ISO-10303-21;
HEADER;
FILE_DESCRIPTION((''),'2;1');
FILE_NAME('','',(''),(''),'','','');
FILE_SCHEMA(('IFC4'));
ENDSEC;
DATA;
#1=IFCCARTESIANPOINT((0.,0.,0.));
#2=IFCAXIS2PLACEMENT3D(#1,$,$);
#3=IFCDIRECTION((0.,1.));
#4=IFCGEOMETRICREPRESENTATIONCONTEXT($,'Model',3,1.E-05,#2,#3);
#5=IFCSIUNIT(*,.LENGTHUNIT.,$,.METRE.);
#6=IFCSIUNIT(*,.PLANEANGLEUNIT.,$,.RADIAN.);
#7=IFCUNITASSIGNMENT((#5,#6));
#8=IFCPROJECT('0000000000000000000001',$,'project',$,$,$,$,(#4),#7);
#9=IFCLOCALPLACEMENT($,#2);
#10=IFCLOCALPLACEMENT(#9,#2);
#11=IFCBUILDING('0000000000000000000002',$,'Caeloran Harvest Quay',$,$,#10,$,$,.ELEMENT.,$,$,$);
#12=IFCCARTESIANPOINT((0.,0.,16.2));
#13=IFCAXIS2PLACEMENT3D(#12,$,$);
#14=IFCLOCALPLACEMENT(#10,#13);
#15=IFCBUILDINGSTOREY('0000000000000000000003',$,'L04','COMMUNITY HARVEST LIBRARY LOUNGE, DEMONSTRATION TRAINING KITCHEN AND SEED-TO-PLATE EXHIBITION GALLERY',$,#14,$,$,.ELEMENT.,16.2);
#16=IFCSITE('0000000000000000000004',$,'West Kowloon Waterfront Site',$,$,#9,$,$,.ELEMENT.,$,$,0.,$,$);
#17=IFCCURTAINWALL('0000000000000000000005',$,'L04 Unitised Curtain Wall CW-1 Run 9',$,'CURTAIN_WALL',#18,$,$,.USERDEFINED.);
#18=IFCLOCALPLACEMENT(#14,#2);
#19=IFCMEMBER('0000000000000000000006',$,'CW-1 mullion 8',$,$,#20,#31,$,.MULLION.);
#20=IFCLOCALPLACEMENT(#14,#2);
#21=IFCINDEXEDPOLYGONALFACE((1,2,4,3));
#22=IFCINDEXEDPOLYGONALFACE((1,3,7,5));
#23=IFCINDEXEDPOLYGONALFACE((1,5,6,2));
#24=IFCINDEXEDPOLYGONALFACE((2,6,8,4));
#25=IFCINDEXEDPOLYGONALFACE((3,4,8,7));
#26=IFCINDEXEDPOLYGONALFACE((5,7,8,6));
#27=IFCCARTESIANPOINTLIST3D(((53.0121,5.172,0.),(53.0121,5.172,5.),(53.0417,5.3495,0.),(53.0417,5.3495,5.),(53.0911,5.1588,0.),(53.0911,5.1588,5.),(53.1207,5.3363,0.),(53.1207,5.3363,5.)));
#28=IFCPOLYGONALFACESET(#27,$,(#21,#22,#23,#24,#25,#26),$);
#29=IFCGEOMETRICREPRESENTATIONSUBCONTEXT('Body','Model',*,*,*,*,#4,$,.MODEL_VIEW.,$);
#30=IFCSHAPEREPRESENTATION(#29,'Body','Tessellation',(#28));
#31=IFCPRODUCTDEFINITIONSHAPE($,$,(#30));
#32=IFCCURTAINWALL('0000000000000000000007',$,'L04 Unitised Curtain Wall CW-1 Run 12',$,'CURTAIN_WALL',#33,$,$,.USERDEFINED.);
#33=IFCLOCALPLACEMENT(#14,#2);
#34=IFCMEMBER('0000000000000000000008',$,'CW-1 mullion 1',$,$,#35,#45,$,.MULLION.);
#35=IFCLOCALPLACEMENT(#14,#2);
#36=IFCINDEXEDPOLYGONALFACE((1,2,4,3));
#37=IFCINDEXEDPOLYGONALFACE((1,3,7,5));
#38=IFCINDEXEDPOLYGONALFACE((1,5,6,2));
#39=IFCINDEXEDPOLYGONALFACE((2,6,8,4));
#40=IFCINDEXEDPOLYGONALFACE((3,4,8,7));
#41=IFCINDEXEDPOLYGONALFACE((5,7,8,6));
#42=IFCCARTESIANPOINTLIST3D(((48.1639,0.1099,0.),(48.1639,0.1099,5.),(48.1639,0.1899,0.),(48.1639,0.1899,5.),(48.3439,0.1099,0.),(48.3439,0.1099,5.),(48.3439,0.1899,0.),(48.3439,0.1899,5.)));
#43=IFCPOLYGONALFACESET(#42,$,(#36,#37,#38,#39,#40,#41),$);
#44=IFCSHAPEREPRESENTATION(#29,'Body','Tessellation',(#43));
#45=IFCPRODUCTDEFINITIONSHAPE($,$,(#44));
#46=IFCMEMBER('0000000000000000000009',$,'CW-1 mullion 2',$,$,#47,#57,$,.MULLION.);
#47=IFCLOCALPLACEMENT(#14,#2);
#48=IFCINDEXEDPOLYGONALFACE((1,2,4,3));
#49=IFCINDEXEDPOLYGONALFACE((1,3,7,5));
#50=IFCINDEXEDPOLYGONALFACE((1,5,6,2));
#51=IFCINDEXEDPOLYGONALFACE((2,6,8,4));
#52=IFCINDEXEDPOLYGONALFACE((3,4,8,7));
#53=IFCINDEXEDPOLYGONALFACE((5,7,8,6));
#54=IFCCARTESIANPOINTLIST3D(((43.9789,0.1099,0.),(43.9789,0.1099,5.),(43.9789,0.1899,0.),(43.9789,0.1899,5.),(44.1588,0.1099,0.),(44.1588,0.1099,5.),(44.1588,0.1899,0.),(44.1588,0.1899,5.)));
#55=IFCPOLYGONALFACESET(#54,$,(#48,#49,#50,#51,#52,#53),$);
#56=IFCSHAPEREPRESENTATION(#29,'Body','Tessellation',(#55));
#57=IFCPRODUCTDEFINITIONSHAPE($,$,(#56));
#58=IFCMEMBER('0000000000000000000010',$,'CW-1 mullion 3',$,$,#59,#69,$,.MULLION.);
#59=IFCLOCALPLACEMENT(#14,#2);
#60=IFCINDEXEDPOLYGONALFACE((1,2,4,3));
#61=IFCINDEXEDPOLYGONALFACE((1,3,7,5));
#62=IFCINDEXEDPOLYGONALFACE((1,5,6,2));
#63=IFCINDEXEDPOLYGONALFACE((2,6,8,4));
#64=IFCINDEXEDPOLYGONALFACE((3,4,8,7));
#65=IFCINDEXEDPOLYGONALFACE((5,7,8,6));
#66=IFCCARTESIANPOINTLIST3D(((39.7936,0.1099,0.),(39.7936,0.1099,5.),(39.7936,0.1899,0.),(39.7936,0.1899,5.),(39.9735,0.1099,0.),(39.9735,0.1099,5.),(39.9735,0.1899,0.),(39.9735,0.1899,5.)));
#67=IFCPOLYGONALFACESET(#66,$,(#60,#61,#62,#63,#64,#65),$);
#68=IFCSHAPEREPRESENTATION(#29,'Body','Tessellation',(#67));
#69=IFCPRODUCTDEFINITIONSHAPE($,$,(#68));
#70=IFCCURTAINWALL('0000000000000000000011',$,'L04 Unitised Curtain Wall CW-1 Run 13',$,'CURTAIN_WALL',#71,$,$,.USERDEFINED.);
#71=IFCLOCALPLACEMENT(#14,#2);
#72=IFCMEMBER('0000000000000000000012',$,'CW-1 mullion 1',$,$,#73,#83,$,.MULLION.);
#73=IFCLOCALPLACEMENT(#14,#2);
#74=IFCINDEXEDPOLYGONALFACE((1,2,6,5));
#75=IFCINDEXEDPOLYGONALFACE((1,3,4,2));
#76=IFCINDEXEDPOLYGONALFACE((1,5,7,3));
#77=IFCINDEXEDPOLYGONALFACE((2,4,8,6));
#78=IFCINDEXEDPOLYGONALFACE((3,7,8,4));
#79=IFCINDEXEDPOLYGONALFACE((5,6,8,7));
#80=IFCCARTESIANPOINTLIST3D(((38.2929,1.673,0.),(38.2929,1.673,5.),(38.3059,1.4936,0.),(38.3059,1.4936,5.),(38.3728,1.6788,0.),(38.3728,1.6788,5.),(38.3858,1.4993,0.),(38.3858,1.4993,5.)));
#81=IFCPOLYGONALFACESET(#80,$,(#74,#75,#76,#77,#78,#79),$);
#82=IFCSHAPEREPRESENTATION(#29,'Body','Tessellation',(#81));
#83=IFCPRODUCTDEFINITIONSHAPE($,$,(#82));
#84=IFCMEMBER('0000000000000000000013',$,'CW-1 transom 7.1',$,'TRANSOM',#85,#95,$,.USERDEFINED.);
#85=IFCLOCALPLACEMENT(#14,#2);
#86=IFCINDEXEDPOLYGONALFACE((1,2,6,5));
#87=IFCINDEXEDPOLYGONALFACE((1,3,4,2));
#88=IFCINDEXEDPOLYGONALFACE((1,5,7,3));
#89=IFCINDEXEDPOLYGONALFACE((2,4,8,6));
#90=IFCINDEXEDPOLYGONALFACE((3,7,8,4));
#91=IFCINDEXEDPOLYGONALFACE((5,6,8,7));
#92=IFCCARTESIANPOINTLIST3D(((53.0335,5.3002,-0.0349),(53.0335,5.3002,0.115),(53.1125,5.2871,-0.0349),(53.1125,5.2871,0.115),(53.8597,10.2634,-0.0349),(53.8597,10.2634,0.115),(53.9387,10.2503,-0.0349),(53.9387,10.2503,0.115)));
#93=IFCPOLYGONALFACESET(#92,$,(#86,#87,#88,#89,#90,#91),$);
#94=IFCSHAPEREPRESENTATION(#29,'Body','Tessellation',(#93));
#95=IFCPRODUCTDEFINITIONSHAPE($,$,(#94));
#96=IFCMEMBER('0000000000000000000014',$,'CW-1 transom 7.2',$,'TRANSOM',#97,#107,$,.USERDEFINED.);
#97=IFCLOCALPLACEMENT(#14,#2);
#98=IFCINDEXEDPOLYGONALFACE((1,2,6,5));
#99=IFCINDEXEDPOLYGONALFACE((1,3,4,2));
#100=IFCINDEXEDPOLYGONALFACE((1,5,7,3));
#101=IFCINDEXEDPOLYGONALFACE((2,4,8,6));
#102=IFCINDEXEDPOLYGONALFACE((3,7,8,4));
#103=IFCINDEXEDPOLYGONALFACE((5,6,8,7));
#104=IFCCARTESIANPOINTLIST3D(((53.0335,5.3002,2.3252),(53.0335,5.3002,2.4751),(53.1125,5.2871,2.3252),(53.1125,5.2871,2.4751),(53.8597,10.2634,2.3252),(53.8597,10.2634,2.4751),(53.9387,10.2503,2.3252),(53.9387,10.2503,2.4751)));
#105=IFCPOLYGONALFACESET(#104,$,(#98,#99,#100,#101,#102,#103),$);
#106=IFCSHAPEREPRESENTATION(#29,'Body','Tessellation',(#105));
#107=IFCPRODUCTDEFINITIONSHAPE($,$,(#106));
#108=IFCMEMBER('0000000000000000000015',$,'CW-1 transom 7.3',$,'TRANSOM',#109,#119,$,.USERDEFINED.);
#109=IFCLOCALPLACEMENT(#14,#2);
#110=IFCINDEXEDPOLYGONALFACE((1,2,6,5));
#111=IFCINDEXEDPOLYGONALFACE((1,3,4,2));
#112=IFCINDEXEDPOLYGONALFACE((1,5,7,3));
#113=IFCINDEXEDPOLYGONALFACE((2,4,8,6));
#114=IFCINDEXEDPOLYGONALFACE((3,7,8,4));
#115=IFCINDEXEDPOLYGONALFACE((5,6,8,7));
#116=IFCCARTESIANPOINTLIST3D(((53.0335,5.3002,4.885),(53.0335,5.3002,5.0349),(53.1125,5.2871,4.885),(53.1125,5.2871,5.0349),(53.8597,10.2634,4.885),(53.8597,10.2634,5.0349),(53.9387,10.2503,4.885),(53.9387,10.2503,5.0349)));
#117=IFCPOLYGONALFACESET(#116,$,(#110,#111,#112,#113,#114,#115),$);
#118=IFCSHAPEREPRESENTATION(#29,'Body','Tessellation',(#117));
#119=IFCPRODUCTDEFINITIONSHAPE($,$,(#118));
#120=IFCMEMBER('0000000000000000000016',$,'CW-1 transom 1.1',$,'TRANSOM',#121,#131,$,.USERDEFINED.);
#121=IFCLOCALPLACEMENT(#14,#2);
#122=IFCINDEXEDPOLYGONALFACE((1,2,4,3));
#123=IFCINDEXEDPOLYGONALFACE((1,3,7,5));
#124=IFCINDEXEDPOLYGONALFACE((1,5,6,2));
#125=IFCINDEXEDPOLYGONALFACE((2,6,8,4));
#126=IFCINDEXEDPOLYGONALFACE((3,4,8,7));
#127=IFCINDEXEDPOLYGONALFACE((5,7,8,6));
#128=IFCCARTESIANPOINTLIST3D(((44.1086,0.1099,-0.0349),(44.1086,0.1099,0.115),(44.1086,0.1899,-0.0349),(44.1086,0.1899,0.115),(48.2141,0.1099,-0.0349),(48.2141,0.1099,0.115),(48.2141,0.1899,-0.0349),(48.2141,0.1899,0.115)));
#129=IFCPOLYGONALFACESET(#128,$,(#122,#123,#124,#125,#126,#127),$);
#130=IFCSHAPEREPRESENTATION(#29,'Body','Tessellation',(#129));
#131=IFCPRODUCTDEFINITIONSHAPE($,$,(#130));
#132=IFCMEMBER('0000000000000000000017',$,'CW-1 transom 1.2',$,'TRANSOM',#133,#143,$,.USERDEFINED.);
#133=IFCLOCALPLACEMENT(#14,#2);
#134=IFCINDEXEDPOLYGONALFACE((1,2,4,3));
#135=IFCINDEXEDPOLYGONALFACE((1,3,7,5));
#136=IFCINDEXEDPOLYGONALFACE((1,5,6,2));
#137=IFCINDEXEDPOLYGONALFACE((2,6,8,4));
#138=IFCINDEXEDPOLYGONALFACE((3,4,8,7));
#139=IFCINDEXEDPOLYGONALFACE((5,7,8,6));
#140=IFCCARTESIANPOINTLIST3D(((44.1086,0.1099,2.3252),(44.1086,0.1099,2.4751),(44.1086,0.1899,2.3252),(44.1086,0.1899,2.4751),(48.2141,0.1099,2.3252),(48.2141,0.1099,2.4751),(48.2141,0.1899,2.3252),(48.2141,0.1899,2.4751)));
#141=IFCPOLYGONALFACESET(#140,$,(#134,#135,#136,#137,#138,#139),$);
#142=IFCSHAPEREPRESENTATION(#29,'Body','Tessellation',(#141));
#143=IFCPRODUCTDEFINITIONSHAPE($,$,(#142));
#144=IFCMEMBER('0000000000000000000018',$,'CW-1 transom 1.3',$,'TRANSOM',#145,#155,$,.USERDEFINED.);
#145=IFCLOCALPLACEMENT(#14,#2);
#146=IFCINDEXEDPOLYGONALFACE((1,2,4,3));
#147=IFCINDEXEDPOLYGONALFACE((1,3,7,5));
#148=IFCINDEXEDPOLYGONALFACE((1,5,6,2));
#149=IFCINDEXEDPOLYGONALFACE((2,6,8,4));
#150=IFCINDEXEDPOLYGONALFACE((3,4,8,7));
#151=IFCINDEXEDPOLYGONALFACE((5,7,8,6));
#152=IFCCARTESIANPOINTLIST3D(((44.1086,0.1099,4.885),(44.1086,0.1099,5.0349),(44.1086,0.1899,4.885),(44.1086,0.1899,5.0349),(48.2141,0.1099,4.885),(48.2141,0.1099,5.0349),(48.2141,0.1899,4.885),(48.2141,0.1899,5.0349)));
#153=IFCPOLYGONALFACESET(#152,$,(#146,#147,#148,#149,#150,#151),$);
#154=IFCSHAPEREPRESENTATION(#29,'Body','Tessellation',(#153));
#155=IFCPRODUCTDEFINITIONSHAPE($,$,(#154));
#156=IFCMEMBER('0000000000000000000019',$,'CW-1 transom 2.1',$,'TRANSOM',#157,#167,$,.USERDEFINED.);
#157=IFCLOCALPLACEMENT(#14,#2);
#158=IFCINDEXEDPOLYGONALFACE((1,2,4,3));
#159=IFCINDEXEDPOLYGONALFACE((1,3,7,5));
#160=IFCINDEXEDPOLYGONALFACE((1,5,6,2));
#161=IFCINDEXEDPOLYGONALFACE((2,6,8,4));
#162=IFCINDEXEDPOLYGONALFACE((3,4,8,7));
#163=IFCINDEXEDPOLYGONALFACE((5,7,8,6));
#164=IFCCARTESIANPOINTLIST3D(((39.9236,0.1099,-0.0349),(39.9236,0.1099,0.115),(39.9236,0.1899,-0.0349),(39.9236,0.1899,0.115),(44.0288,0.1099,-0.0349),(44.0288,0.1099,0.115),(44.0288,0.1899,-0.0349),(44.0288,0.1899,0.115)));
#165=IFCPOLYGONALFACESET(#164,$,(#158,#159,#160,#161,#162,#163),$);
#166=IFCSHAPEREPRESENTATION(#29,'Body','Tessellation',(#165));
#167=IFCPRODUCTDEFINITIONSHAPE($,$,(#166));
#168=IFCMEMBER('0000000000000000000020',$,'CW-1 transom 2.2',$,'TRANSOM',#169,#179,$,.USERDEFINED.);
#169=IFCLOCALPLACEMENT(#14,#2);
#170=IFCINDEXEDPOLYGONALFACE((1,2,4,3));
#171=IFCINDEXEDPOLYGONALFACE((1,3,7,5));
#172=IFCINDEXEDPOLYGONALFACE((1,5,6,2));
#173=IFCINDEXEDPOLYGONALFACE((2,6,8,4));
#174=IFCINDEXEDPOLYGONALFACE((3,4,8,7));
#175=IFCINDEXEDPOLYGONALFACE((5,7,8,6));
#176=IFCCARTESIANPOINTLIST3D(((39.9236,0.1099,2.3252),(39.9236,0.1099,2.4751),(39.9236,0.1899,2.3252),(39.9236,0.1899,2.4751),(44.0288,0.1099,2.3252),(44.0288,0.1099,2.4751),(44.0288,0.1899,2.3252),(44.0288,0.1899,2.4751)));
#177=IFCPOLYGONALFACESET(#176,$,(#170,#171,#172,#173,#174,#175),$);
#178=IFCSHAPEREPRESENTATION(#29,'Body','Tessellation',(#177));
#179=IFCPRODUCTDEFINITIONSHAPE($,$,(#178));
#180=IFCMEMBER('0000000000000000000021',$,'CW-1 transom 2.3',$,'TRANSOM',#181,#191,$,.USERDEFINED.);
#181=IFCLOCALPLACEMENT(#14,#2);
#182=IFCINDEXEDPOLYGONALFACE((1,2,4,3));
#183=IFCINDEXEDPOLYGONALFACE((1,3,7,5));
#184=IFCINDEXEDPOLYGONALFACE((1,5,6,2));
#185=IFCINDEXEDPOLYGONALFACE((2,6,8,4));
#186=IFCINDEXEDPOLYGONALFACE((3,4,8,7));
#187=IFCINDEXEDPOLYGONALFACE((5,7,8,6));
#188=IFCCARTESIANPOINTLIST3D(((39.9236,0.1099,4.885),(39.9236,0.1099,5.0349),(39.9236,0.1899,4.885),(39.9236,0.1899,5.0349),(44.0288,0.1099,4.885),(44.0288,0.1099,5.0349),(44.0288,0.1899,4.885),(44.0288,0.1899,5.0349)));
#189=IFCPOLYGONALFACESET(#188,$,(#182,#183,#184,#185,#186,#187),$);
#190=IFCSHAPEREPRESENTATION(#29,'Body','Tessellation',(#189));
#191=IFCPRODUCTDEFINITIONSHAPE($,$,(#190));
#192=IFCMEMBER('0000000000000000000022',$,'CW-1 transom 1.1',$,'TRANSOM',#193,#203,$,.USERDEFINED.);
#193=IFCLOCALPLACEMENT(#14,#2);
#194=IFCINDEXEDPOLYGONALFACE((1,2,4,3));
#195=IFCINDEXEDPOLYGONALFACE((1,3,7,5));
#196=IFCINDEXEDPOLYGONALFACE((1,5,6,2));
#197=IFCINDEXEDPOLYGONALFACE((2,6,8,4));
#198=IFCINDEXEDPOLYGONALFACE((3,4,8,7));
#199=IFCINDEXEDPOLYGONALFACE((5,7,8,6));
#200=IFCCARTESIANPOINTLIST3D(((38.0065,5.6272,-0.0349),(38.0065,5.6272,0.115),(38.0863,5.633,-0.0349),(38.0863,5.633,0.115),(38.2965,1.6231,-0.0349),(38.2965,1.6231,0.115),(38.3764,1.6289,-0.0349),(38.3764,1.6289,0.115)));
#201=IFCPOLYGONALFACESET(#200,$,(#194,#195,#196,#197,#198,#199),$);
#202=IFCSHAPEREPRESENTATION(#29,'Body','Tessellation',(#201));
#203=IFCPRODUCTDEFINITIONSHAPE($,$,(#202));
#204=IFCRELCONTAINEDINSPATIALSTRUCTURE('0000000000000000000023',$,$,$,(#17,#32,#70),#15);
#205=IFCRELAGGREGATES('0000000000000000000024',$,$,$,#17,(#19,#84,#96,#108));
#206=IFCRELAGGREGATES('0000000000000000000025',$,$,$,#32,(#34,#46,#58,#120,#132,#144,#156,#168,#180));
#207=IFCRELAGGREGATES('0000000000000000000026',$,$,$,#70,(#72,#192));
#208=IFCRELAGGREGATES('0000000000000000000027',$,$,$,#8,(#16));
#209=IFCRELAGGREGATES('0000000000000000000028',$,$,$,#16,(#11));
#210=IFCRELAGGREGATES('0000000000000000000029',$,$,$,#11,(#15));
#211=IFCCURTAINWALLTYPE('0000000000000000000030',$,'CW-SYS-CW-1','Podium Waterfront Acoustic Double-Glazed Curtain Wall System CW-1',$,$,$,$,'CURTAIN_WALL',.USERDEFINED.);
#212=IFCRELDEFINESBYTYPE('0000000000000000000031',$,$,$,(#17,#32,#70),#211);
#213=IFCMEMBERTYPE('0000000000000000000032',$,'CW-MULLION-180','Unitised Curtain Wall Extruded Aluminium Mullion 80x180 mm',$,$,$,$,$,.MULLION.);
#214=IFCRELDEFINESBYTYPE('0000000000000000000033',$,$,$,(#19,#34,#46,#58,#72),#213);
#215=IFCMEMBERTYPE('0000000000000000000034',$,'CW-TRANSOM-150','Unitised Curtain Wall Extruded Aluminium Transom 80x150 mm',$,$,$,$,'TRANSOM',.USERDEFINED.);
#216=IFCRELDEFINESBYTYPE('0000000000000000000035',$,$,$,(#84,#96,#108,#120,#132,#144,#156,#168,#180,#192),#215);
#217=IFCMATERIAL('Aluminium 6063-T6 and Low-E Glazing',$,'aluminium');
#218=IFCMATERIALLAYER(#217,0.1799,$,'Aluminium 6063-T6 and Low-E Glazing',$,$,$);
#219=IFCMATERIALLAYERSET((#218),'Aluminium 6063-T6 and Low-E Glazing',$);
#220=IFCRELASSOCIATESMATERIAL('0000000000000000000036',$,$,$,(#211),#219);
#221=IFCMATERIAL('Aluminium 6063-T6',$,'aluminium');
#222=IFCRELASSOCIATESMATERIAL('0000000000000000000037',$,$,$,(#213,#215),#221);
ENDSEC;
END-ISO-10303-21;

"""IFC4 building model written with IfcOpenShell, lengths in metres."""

from ifc_helpers import new_model, si_unit, direction, frame, origin, origin_2d, place, context, subcontext, project, spatial, rectangle, extrude, material, layer, layer_set, material_profile, profile_set, type_object, element, aggregate, save


model = new_model("IFC4")

# Units and contexts
model_context = context("Model", 3, precision=1e-05, world=origin(), true_north=direction((0.0, 1.0)))
body_context = subcontext(model_context, "Body", "Model", "MODEL_VIEW")
ifc_project = project(units=[si_unit("LENGTHUNIT", "METRE"), si_unit("PLANEANGLEUNIT", "RADIAN")], contexts=[model_context])

# Site, building, storey
site_placement = place(None, origin())
site = spatial("IfcSite", under=ifc_project, at=site_placement, Name="West Kowloon Waterfront Site", CompositionType="ELEMENT", RefElevation=0.0)
building_placement = place(site_placement, origin())
building = spatial("IfcBuilding", under=site, at=building_placement, Name="Caeloran Harvest Quay", CompositionType="ELEMENT")
storey_placement = place(building_placement, frame((0.0, 0.0, 16.2)))
storey = spatial("IfcBuildingStorey", under=building, at=storey_placement, Name="L04", Description="COMMUNITY HARVEST LIBRARY LOUNGE, DEMONSTRATION TRAINING KITCHEN AND SEED-TO-PLATE EXHIBITION GALLERY", CompositionType="ELEMENT", Elevation=16.2)

# Curtain wall, member
ifc_material_1 = material(Name="Aluminium 6063-T6 and Low-E Glazing", Category="aluminium")
ifc_layer_1 = layer(ifc_material_1, 0.1799, Name="Aluminium 6063-T6 and Low-E Glazing")
ifc_layer_set_1 = layer_set([ifc_layer_1], Name="Aluminium 6063-T6 and Low-E Glazing")
curtain_wall_type = type_object("IfcCurtainWallType", Name="CW-SYS-CW-1", Description="Podium Waterfront Acoustic Double-Glazed Curtain Wall System CW-1", ElementType="CURTAIN_WALL", PredefinedType="USERDEFINED", material=ifc_layer_set_1)
curtain_wall_1_placement = place(storey_placement, origin())
curtain_wall_1 = element("IfcCurtainWall", 1, at=curtain_wall_1_placement, inside=storey, type_object=curtain_wall_type, Name="L04 Unitised Curtain Wall CW-1 Run 9", ObjectType="CURTAIN_WALL", PredefinedType="USERDEFINED")
ifc_material_2 = material(Name="Aluminium 6063-T6", Category="aluminium")
ifc_material_profile_1 = material_profile(ifc_material_2, rectangle(XDim=0.0801, YDim=0.1799, at=origin_2d()), Name="CW-MULLION-180")
ifc_profile_set_1 = profile_set([ifc_material_profile_1], Name="Aluminium 6063-T6")
member_type_1 = type_object("IfcMemberType", Name="CW-MULLION-180", Description="Unitised Curtain Wall Extruded Aluminium Mullion 80x180 mm", PredefinedType="MULLION", material=ifc_profile_set_1)
member_1_placement = place(storey_placement, frame((53.0664, 5.2542, 0.0), z_axis=(0.0, 0.0, 1.0), x_axis=(0.986431, -0.164174, 0.0)))
member_1 = element("IfcMember", 2, at=member_1_placement, type_object=member_type_1, Name="CW-1 mullion 8", PredefinedType="MULLION", context=body_context, shape_type="SweptSolid", body=[
    extrude(rectangle(XDim=0.0801, YDim=0.1799, at=origin_2d()), origin(), (0.0, 0.0, 1.0), 5.0),
])

# Curtain wall, members
curtain_wall_2_placement = place(storey_placement, origin())
curtain_wall_2 = element("IfcCurtainWall", 3, at=curtain_wall_2_placement, inside=storey, type_object=curtain_wall_type, Name="L04 Unitised Curtain Wall CW-1 Run 12", ObjectType="CURTAIN_WALL", PredefinedType="USERDEFINED")
member_2_placement = place(storey_placement, frame((48.2539, 0.1499, 0.0), z_axis=(0.0, 0.0, 1.0), x_axis=(0.0, -1.0, 0.0)))
member_2 = element("IfcMember", 4, at=member_2_placement, type_object=member_type_1, Name="CW-1 mullion 1", PredefinedType="MULLION", context=body_context, shape_type="SweptSolid", body=[
    extrude(rectangle(XDim=0.0801, YDim=0.1799, at=origin_2d()), origin(), (0.0, 0.0, 1.0), 5.0),
])
member_3_placement = place(storey_placement, frame((44.0688, 0.1499, 0.0), z_axis=(0.0, 0.0, 1.0), x_axis=(0.0, -1.0, 0.0)))
member_3 = element("IfcMember", 5, at=member_3_placement, type_object=member_type_1, Name="CW-1 mullion 2", PredefinedType="MULLION", context=body_context, shape_type="SweptSolid", body=[
    extrude(rectangle(XDim=0.0801, YDim=0.1799, at=origin_2d()), origin(), (0.0, 0.0, 1.0), 5.0),
])
member_4_placement = place(storey_placement, frame((39.8835, 0.1499, 0.0), z_axis=(0.0, 0.0, 1.0), x_axis=(0.0, -1.0, 0.0)))
member_4 = element("IfcMember", 6, at=member_4_placement, type_object=member_type_1, Name="CW-1 mullion 3", PredefinedType="MULLION", context=body_context, shape_type="SweptSolid", body=[
    extrude(rectangle(XDim=0.0801, YDim=0.1799, at=origin_2d()), origin(), (0.0, 0.0, 1.0), 5.0),
])

# Curtain wall, member
curtain_wall_3_placement = place(storey_placement, origin())
curtain_wall_3 = element("IfcCurtainWall", 7, at=curtain_wall_3_placement, inside=storey, type_object=curtain_wall_type, Name="L04 Unitised Curtain Wall CW-1 Run 13", ObjectType="CURTAIN_WALL", PredefinedType="USERDEFINED")
member_5_placement = place(storey_placement, frame((38.3394, 1.5862, 0.0), z_axis=(0.0, 0.0, 1.0), x_axis=(-0.997385, -0.072271, 0.0)))
member_5 = element("IfcMember", 8, at=member_5_placement, type_object=member_type_1, Name="CW-1 mullion 1", PredefinedType="MULLION", context=body_context, shape_type="SweptSolid", body=[
    extrude(rectangle(XDim=0.0801, YDim=0.1799, at=origin_2d()), origin(), (0.0, 0.0, 1.0), 5.0),
])

# Members
ifc_material_profile_2 = material_profile(ifc_material_2, rectangle(XDim=0.0801, YDim=0.1499, at=origin_2d()), Name="CW-TRANSOM-150")
ifc_profile_set_2 = profile_set([ifc_material_profile_2], Name="Aluminium 6063-T6")
member_type_2 = type_object("IfcMemberType", Name="CW-TRANSOM-150", Description="Unitised Curtain Wall Extruded Aluminium Transom 80x150 mm", ElementType="TRANSOM", PredefinedType="USERDEFINED", material=ifc_profile_set_2)
member_6_placement = place(storey_placement, frame((53.8992, 10.2568, 0.04), z_axis=(-0.164202, -0.986427, 0.0), x_axis=(0.986427, -0.164202, 0.0)))
member_6 = element("IfcMember", 9, at=member_6_placement, type_object=member_type_2, Name="CW-1 transom 7.1", ObjectType="TRANSOM", PredefinedType="USERDEFINED", context=body_context, shape_type="SweptSolid", body=[
    extrude(rectangle(XDim=0.0801, YDim=0.1499, at=origin_2d()), origin(), (0.0, 0.0, 1.0), 5.0315),
])
member_7_placement = place(storey_placement, frame((53.8992, 10.2568, 2.4001), z_axis=(-0.164202, -0.986427, 0.0), x_axis=(0.986427, -0.164202, 0.0)))
member_7 = element("IfcMember", 10, at=member_7_placement, type_object=member_type_2, Name="CW-1 transom 7.2", ObjectType="TRANSOM", PredefinedType="USERDEFINED", context=body_context, shape_type="SweptSolid", body=[
    extrude(rectangle(XDim=0.0801, YDim=0.1499, at=origin_2d()), origin(), (0.0, 0.0, 1.0), 5.0315),
])
member_8_placement = place(storey_placement, frame((53.8992, 10.2568, 4.96), z_axis=(-0.164202, -0.986427, 0.0), x_axis=(0.986427, -0.164202, 0.0)))
member_8 = element("IfcMember", 11, at=member_8_placement, type_object=member_type_2, Name="CW-1 transom 7.3", ObjectType="TRANSOM", PredefinedType="USERDEFINED", context=body_context, shape_type="SweptSolid", body=[
    extrude(rectangle(XDim=0.0801, YDim=0.1499, at=origin_2d()), origin(), (0.0, 0.0, 1.0), 5.0315),
])
member_9_placement = place(storey_placement, frame((48.2141, 0.1499, 0.04), z_axis=(-1.0, 0.0, 0.0), x_axis=(0.0, -1.0, 0.0)))
member_9 = element("IfcMember", 12, at=member_9_placement, type_object=member_type_2, Name="CW-1 transom 1.1", ObjectType="TRANSOM", PredefinedType="USERDEFINED", context=body_context, shape_type="SweptSolid", body=[
    extrude(rectangle(XDim=0.0801, YDim=0.1499, at=origin_2d()), origin(), (0.0, 0.0, 1.0), 4.1055),
])
member_10_placement = place(storey_placement, frame((48.2141, 0.1499, 2.4001), z_axis=(-1.0, 0.0, 0.0), x_axis=(0.0, -1.0, 0.0)))
member_10 = element("IfcMember", 13, at=member_10_placement, type_object=member_type_2, Name="CW-1 transom 1.2", ObjectType="TRANSOM", PredefinedType="USERDEFINED", context=body_context, shape_type="SweptSolid", body=[
    extrude(rectangle(XDim=0.0801, YDim=0.1499, at=origin_2d()), origin(), (0.0, 0.0, 1.0), 4.1055),
])
member_11_placement = place(storey_placement, frame((48.2141, 0.1499, 4.96), z_axis=(-1.0, 0.0, 0.0), x_axis=(0.0, -1.0, 0.0)))
member_11 = element("IfcMember", 14, at=member_11_placement, type_object=member_type_2, Name="CW-1 transom 1.3", ObjectType="TRANSOM", PredefinedType="USERDEFINED", context=body_context, shape_type="SweptSolid", body=[
    extrude(rectangle(XDim=0.0801, YDim=0.1499, at=origin_2d()), origin(), (0.0, 0.0, 1.0), 4.1055),
])
member_12_placement = place(storey_placement, frame((44.0288, 0.1499, 0.04), z_axis=(-1.0, 0.0, 0.0), x_axis=(0.0, -1.0, 0.0)))
member_12 = element("IfcMember", 15, at=member_12_placement, type_object=member_type_2, Name="CW-1 transom 2.1", ObjectType="TRANSOM", PredefinedType="USERDEFINED", context=body_context, shape_type="SweptSolid", body=[
    extrude(rectangle(XDim=0.0801, YDim=0.1499, at=origin_2d()), origin(), (0.0, 0.0, 1.0), 4.1052),
])
member_13_placement = place(storey_placement, frame((44.0288, 0.1499, 2.4001), z_axis=(-1.0, 0.0, 0.0), x_axis=(0.0, -1.0, 0.0)))
member_13 = element("IfcMember", 16, at=member_13_placement, type_object=member_type_2, Name="CW-1 transom 2.2", ObjectType="TRANSOM", PredefinedType="USERDEFINED", context=body_context, shape_type="SweptSolid", body=[
    extrude(rectangle(XDim=0.0801, YDim=0.1499, at=origin_2d()), origin(), (0.0, 0.0, 1.0), 4.1052),
])
member_14_placement = place(storey_placement, frame((44.0288, 0.1499, 4.96), z_axis=(-1.0, 0.0, 0.0), x_axis=(0.0, -1.0, 0.0)))
member_14 = element("IfcMember", 17, at=member_14_placement, type_object=member_type_2, Name="CW-1 transom 2.3", ObjectType="TRANSOM", PredefinedType="USERDEFINED", context=body_context, shape_type="SweptSolid", body=[
    extrude(rectangle(XDim=0.0801, YDim=0.1499, at=origin_2d()), origin(), (0.0, 0.0, 1.0), 4.1052),
])
member_15_placement = place(storey_placement, frame((38.3364, 1.626, 0.04), z_axis=(-0.072245, 0.997387, 0.0), x_axis=(-0.997387, -0.072245, 0.0)))
member_15 = element("IfcMember", 18, at=member_15_placement, type_object=member_type_2, Name="CW-1 transom 1.1", ObjectType="TRANSOM", PredefinedType="USERDEFINED", context=body_context, shape_type="SweptSolid", body=[
    extrude(rectangle(XDim=0.0801, YDim=0.1499, at=origin_2d()), origin(), (0.0, 0.0, 1.0), 4.0146),
])

aggregate(curtain_wall_1, [member_1, member_6, member_7, member_8])
aggregate(curtain_wall_2, [member_2, member_3, member_4, member_9, member_10, member_11, member_12, member_13, member_14])
aggregate(curtain_wall_3, [member_5, member_15])

save(model, "model.ifc")
